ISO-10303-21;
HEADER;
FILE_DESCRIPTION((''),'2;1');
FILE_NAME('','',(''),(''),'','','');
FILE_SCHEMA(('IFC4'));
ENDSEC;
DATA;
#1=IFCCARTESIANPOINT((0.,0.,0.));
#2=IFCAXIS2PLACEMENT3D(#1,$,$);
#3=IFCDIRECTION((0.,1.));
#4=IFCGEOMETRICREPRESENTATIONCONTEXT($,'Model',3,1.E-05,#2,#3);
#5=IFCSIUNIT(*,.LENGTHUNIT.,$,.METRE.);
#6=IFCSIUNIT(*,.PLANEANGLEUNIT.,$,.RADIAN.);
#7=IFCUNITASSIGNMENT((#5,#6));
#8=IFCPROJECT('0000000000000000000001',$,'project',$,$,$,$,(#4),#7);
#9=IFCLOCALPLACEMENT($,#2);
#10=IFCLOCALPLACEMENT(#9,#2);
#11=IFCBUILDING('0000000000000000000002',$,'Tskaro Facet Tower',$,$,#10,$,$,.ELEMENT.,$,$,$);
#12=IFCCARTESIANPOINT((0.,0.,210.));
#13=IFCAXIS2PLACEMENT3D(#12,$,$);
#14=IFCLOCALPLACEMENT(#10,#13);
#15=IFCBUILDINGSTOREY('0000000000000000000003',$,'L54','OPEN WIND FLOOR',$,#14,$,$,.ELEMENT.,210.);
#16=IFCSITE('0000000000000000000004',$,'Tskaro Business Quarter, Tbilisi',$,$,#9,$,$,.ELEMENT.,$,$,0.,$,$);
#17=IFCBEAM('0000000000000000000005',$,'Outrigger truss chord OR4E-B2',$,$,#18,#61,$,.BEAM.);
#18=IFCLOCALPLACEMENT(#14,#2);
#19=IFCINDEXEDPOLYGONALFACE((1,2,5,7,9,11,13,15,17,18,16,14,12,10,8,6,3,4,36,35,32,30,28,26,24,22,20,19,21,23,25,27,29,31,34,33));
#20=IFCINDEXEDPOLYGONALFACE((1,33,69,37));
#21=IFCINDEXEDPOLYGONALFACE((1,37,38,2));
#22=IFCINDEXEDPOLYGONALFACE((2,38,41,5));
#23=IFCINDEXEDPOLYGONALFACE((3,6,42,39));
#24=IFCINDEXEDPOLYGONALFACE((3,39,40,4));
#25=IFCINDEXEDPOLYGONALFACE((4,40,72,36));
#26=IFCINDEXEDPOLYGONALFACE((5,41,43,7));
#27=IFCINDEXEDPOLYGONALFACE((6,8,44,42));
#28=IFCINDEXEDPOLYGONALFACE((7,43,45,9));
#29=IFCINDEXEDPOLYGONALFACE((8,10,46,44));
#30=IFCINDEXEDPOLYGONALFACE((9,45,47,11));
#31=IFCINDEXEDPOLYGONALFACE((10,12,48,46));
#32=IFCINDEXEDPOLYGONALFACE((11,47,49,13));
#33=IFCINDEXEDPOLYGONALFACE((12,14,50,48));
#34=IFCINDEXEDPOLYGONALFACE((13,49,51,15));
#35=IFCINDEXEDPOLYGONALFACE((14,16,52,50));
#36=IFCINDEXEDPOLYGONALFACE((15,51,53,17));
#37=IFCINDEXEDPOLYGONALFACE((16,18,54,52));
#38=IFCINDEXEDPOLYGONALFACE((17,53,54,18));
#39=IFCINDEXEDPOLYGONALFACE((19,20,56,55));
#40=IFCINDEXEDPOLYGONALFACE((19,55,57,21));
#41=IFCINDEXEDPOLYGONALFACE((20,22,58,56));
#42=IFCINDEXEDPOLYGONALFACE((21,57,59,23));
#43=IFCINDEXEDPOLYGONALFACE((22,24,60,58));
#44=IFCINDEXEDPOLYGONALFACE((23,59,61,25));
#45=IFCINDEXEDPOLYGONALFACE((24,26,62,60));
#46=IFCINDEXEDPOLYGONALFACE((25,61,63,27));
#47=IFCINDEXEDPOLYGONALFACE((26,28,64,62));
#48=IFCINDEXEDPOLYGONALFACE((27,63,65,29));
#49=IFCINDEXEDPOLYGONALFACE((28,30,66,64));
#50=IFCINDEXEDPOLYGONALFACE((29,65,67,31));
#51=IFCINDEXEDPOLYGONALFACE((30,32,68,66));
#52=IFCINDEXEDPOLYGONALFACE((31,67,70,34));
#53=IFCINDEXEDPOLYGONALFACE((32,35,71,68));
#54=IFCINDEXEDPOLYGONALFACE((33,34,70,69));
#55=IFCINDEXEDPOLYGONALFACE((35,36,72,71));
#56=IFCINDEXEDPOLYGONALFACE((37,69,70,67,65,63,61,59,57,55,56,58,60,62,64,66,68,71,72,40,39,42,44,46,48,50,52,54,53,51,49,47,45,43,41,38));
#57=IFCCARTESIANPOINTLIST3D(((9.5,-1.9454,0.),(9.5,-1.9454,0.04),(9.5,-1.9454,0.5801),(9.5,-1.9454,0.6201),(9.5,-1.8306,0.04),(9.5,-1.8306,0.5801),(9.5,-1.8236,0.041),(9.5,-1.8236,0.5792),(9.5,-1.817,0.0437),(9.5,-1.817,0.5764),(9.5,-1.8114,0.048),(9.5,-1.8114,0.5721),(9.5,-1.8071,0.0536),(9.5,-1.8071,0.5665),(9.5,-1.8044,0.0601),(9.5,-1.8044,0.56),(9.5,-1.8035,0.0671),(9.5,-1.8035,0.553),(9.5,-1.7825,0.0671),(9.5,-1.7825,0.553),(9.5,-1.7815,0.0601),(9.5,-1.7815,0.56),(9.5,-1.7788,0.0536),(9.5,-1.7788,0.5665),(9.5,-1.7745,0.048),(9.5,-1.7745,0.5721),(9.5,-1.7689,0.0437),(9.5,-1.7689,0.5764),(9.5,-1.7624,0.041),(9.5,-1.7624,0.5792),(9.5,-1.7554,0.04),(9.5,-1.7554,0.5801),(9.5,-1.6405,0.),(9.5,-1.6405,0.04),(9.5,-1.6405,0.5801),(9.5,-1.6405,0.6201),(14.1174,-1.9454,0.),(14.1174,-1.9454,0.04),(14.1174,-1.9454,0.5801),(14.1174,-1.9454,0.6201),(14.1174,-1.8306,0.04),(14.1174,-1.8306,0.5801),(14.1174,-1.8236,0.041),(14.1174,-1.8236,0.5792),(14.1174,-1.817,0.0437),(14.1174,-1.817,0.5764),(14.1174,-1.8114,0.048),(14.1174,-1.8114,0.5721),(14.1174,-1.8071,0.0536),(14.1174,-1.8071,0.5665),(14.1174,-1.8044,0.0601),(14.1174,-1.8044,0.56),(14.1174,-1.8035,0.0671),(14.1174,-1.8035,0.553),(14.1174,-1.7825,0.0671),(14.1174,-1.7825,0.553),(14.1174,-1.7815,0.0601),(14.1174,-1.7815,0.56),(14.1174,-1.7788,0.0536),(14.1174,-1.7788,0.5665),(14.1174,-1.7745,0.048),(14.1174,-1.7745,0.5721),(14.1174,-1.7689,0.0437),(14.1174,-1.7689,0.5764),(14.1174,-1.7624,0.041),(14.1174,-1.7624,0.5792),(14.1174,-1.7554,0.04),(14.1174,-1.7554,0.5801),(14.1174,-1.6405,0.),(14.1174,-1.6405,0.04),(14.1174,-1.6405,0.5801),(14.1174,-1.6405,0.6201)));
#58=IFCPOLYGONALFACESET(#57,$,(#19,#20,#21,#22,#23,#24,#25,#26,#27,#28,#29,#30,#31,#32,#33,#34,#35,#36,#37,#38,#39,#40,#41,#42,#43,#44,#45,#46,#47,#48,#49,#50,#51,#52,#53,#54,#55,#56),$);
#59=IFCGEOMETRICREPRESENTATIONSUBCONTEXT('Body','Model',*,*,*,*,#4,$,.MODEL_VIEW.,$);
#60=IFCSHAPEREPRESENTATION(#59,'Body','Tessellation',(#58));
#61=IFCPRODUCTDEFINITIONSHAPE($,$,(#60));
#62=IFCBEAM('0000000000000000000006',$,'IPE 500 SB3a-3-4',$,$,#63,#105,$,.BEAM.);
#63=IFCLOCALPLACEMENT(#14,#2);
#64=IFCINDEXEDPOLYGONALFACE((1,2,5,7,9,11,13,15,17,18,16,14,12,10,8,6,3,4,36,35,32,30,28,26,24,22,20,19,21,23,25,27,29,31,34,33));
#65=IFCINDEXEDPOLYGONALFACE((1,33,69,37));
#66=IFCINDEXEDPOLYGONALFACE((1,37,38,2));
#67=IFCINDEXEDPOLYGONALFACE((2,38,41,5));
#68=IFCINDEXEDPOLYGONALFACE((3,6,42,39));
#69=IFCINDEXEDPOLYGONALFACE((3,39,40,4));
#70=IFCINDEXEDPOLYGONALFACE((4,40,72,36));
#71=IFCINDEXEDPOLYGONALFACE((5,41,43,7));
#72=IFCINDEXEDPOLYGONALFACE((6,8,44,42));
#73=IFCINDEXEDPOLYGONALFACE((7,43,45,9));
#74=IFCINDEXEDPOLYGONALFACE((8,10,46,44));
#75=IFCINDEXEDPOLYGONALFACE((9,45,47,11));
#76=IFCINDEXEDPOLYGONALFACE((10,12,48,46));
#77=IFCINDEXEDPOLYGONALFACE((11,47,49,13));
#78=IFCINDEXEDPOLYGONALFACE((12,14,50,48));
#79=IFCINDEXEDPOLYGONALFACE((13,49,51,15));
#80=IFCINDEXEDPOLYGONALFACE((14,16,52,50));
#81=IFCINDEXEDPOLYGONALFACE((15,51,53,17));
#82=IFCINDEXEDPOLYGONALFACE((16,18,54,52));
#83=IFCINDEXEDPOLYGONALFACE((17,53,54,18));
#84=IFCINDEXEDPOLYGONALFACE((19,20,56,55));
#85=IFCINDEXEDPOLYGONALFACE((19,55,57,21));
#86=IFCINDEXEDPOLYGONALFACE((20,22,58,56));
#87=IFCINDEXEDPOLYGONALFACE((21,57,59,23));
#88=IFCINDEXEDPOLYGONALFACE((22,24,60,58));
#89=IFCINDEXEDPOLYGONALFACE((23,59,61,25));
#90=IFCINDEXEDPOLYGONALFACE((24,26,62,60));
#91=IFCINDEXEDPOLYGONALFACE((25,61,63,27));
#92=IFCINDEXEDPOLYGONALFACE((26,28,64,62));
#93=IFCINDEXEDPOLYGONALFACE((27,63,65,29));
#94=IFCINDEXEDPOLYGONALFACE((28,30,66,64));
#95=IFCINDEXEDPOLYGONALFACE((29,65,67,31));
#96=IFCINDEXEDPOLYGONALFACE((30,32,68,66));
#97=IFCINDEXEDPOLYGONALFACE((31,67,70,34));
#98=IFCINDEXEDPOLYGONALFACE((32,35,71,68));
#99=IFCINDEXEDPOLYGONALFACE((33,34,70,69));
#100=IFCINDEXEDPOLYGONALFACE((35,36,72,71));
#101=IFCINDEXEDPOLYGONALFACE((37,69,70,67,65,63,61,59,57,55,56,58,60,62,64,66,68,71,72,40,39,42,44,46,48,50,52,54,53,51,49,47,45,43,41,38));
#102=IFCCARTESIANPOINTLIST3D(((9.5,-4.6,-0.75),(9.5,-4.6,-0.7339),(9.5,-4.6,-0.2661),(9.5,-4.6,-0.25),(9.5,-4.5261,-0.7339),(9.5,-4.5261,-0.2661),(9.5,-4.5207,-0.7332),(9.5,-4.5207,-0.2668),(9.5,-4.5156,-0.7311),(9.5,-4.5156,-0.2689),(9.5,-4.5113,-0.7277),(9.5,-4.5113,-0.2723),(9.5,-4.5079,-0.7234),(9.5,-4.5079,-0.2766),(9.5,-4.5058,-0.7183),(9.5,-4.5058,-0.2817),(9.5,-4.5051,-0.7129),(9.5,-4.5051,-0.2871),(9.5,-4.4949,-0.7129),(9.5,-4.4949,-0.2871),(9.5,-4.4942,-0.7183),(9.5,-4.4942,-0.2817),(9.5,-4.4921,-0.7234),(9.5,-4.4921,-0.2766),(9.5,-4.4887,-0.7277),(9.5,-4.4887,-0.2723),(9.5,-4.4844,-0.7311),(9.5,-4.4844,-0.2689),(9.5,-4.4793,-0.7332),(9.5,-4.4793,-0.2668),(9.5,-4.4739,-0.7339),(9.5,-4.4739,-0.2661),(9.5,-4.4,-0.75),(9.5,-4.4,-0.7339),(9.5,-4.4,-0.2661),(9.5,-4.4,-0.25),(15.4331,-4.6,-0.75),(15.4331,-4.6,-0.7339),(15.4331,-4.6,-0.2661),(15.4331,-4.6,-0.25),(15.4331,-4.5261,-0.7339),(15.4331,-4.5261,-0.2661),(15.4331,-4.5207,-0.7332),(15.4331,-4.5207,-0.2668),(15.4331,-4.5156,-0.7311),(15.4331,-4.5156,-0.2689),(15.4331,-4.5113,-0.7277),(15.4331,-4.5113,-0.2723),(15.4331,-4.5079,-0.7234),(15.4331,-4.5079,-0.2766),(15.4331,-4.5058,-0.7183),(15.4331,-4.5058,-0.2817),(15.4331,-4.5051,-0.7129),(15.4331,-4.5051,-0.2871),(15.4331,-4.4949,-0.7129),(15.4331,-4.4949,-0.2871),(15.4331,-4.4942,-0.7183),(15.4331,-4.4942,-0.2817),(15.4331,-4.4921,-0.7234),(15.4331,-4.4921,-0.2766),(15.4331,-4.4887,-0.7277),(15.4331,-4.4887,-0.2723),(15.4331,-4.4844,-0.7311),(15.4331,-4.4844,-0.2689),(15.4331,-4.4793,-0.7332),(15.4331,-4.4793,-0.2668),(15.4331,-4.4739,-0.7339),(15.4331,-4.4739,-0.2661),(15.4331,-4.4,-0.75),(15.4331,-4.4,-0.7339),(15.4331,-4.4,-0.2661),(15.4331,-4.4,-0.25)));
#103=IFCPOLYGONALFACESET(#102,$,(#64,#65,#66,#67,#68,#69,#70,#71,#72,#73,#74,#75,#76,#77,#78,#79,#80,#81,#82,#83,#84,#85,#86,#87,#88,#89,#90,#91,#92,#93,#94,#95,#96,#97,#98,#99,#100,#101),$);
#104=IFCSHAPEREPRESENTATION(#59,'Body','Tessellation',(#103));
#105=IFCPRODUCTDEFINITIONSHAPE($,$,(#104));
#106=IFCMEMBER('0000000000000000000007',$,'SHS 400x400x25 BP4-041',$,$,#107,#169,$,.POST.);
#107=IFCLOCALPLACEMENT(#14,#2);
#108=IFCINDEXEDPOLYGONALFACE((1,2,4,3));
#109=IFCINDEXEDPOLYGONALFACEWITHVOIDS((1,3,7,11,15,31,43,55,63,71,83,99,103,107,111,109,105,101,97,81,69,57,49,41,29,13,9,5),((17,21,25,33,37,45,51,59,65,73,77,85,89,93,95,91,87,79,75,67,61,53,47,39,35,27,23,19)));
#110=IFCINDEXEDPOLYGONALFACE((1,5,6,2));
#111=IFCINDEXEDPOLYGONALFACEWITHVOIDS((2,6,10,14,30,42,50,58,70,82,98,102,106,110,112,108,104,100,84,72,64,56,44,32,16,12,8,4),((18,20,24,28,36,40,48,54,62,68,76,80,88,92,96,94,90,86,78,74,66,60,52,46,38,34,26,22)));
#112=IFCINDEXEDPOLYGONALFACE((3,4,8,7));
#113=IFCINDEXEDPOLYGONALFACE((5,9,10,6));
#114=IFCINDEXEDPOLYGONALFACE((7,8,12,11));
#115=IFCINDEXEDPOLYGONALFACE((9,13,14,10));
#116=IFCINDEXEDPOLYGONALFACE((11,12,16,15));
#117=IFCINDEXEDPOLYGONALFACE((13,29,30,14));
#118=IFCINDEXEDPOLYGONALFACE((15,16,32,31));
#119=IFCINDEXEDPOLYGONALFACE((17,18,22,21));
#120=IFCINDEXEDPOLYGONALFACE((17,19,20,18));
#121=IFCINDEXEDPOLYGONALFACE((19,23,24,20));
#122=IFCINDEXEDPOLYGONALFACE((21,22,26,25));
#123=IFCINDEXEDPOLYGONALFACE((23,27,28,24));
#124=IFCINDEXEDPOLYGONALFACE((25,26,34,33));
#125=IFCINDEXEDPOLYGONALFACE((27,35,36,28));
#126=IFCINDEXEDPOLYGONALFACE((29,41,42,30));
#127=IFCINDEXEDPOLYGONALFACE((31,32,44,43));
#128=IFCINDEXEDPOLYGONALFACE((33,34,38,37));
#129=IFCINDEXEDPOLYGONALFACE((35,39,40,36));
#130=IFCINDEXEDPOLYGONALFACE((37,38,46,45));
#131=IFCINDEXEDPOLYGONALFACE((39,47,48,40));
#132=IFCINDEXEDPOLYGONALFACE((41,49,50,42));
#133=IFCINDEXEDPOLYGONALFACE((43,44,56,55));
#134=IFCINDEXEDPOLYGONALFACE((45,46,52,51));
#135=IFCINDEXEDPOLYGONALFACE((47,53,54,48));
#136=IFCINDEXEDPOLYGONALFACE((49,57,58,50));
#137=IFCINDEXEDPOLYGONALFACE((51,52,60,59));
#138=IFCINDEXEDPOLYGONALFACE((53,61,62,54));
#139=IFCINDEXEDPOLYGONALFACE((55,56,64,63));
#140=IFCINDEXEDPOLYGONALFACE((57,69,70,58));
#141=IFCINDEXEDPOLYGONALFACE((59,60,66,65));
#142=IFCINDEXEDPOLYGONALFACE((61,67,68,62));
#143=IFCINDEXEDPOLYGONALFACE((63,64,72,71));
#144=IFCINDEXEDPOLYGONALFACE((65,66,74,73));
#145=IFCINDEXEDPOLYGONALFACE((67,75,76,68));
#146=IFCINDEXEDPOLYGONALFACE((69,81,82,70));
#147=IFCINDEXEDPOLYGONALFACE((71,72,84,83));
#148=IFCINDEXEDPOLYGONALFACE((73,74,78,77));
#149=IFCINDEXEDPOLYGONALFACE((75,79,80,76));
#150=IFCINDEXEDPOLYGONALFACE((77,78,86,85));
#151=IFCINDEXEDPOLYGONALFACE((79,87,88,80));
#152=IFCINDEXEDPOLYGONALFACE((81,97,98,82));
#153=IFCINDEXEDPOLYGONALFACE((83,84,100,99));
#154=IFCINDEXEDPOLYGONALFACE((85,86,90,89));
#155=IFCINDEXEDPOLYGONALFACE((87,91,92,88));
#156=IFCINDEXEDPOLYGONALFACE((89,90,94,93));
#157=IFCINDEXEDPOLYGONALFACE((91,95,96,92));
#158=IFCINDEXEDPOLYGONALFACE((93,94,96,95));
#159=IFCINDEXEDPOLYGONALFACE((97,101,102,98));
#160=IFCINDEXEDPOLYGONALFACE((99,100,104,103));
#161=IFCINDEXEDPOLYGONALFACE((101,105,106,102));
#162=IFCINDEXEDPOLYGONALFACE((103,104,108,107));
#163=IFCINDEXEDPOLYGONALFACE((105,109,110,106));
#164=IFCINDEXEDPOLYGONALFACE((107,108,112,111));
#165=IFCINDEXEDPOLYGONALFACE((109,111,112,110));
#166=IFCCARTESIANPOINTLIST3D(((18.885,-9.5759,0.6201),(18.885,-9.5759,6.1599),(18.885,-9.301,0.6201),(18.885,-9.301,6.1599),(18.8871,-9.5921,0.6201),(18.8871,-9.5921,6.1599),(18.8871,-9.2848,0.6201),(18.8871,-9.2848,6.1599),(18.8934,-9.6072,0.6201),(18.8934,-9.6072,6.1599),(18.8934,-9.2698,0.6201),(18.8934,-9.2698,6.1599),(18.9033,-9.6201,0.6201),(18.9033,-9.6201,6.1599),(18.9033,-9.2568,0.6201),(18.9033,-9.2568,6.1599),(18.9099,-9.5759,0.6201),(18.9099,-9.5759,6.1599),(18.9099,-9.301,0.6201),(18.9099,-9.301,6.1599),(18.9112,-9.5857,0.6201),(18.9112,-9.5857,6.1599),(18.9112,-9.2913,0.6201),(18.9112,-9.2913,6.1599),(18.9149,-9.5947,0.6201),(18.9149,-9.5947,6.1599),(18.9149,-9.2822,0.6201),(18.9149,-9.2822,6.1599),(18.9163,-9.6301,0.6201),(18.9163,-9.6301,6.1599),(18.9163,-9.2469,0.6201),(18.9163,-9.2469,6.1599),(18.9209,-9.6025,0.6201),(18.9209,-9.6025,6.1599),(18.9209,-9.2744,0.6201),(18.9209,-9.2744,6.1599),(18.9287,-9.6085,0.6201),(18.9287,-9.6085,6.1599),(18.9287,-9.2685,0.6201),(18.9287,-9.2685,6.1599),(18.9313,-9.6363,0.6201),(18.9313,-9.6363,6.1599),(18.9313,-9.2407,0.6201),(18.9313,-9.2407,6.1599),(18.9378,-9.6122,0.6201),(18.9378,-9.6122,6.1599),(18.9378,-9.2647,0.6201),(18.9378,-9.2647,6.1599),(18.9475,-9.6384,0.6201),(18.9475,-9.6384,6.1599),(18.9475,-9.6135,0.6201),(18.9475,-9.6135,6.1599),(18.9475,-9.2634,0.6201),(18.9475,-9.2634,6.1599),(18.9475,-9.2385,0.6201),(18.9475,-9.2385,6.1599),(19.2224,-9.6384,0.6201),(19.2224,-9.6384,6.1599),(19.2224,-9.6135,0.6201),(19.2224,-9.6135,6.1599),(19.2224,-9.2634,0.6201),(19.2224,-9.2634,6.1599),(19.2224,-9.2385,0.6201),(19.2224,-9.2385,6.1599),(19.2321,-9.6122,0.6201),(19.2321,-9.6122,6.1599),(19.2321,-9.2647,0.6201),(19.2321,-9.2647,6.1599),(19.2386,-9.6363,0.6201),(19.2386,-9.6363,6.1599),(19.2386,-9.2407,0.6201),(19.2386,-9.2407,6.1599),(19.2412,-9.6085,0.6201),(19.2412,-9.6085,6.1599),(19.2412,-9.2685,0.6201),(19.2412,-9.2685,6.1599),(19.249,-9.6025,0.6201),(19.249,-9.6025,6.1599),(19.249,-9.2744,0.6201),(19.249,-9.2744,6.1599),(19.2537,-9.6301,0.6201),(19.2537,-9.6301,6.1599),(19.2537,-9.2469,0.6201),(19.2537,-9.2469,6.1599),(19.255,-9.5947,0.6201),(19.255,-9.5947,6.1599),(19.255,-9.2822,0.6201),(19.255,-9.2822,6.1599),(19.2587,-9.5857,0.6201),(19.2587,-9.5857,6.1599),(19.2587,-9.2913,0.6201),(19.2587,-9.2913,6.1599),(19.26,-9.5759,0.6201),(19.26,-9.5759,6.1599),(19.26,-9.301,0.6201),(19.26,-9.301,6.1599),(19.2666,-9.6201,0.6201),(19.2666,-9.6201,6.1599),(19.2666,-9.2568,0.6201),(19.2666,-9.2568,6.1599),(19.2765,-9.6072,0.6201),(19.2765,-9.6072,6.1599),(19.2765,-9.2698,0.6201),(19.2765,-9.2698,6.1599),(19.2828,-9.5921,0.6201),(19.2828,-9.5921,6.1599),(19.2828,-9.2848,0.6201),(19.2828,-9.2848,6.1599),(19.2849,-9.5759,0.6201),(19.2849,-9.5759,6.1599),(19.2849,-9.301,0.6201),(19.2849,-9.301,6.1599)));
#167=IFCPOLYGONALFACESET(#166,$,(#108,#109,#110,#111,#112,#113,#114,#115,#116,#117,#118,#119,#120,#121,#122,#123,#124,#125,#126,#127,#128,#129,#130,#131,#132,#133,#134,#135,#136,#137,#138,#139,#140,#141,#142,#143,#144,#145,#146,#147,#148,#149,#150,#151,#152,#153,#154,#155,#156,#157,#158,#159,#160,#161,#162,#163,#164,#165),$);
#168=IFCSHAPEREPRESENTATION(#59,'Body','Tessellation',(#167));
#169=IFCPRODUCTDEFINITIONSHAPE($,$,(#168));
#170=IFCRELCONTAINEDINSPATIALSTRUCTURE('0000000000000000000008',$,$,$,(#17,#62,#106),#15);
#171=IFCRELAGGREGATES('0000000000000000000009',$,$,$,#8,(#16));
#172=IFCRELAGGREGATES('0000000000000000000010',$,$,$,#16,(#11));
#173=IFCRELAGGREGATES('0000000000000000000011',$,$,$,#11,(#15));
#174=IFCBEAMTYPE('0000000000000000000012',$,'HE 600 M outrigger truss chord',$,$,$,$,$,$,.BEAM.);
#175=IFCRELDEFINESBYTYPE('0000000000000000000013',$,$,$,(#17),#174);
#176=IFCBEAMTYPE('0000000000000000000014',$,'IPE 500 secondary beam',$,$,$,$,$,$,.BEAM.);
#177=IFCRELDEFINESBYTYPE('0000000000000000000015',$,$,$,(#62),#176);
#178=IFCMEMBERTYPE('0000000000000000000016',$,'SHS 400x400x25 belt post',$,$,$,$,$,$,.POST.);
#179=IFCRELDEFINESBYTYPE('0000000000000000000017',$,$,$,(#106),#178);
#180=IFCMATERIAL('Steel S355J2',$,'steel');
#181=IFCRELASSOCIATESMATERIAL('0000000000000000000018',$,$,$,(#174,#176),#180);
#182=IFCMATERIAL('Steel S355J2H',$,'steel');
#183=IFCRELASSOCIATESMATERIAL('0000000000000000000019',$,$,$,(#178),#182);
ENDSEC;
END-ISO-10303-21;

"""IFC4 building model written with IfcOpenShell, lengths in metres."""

from ifc_helpers import new_model, si_unit, direction, frame, origin, origin_2d, place, context, subcontext, project, spatial, hollow_rectangle, i_section, extrude, material, material_profile, profile_set, type_object, element, save


model = new_model("IFC4")

# Units and contexts
model_context = context("Model", 3, precision=1e-05, world=origin(), true_north=direction((0.0, 1.0)))
body_context = subcontext(model_context, "Body", "Model", "MODEL_VIEW")
ifc_project = project(units=[si_unit("LENGTHUNIT", "METRE"), si_unit("PLANEANGLEUNIT", "RADIAN")], contexts=[model_context])

# Site, building, storey
site_placement = place(None, origin())
site = spatial("IfcSite", under=ifc_project, at=site_placement, Name="Tskaro Business Quarter, Tbilisi", CompositionType="ELEMENT", RefElevation=0.0)
building_placement = place(site_placement, origin())
building = spatial("IfcBuilding", under=site, at=building_placement, Name="Tskaro Facet Tower", CompositionType="ELEMENT")
storey_placement = place(building_placement, frame((0.0, 0.0, 210.0)))
storey = spatial("IfcBuildingStorey", under=building, at=storey_placement, Name="L54", Description="OPEN WIND FLOOR", CompositionType="ELEMENT", Elevation=210.0)

# Shared definitions
ifc_material_1 = material(Name="Steel S355J2H", Category="steel")

# Shared definitions
ifc_material_2 = material(Name="Steel S355J2", Category="steel")

# Beams
ifc_material_profile_1 = material_profile(ifc_material_2, i_section(OverallWidth=0.3049, OverallDepth=0.6201, WebThickness=0.021, FlangeThickness=0.04, FilletRadius=0.0271, at=origin_2d()), Name="HE 600 M")
ifc_profile_set_1 = profile_set([ifc_material_profile_1], Name="Steel S355J2")
beam_type_1 = type_object("IfcBeamType", Name="HE 600 M outrigger truss chord", PredefinedType="BEAM", material=ifc_profile_set_1)
for number, where, z_axis, x_axis, name in (
    (1, (14.1174, -1.793, 0.3101), (-1.0, 0.0, 0.0), (0.0, -1.0, 0.0), "Outrigger truss chord OR4E-B2"),
):
    element("IfcBeam", number, at=place(storey_placement, frame(where, z_axis=z_axis, x_axis=x_axis)), inside=storey, type_object=beam_type_1, Name=name, PredefinedType="BEAM", context=body_context, shape_type="SweptSolid", body=[
        extrude(i_section(OverallWidth=0.3049, OverallDepth=0.6201, WebThickness=0.021, FlangeThickness=0.04, FilletRadius=0.0271, at=origin_2d()), origin(), (0.0, 0.0, 1.0), 4.6174),
    ])
ifc_material_profile_2 = material_profile(ifc_material_2, i_section(OverallWidth=0.2, OverallDepth=0.5, WebThickness=0.0103, FlangeThickness=0.0161, FilletRadius=0.021, at=origin_2d()), Name="IPE 500")
ifc_profile_set_2 = profile_set([ifc_material_profile_2], Name="Steel S355J2")
beam_type_2 = type_object("IfcBeamType", Name="IPE 500 secondary beam", PredefinedType="BEAM", material=ifc_profile_set_2)
beam_1_placement = place(storey_placement, frame((9.5, -4.5, -0.5), z_axis=(1.0, 0.0, 0.0), x_axis=(0.0, 1.0, 0.0)))
element("IfcBeam", 2, at=beam_1_placement, inside=storey, type_object=beam_type_2, Name="IPE 500 SB3a-3-4", PredefinedType="BEAM", context=body_context, shape_type="SweptSolid", body=[
    extrude(i_section(OverallWidth=0.2, OverallDepth=0.5, WebThickness=0.0103, FlangeThickness=0.0161, FilletRadius=0.021, at=origin_2d()), origin(), (0.0, 0.0, 1.0), 5.9331),
])

# Member
ifc_material_profile_3 = material_profile(ifc_material_1, hollow_rectangle(XDim=0.3999, YDim=0.3999, WallThickness=0.0249, InnerFilletRadius=0.0376, OuterFilletRadius=0.0625, at=origin_2d()), Name="SHS 400x400x25")
ifc_profile_set_3 = profile_set([ifc_material_profile_3], Name="Steel S355J2H")
member_type_1 = type_object("IfcMemberType", Name="SHS 400x400x25 belt post", PredefinedType="POST", material=ifc_profile_set_3)
member_1_placement = place(storey_placement, frame((19.085, -9.4385, 0.6201), z_axis=(0.0, 0.0, 1.0), x_axis=(1.0, 0.0, 0.0)))
element("IfcMember", 3, at=member_1_placement, inside=storey, type_object=member_type_1, Name="SHS 400x400x25 BP4-041", PredefinedType="POST", context=body_context, shape_type="SweptSolid", body=[
    extrude(hollow_rectangle(XDim=0.3999, YDim=0.3999, WallThickness=0.0249, InnerFilletRadius=0.0376, OuterFilletRadius=0.0625, at=origin_2d()), origin(), (0.0, 0.0, 1.0), 5.5398),
])

save(model, "model.ifc")
